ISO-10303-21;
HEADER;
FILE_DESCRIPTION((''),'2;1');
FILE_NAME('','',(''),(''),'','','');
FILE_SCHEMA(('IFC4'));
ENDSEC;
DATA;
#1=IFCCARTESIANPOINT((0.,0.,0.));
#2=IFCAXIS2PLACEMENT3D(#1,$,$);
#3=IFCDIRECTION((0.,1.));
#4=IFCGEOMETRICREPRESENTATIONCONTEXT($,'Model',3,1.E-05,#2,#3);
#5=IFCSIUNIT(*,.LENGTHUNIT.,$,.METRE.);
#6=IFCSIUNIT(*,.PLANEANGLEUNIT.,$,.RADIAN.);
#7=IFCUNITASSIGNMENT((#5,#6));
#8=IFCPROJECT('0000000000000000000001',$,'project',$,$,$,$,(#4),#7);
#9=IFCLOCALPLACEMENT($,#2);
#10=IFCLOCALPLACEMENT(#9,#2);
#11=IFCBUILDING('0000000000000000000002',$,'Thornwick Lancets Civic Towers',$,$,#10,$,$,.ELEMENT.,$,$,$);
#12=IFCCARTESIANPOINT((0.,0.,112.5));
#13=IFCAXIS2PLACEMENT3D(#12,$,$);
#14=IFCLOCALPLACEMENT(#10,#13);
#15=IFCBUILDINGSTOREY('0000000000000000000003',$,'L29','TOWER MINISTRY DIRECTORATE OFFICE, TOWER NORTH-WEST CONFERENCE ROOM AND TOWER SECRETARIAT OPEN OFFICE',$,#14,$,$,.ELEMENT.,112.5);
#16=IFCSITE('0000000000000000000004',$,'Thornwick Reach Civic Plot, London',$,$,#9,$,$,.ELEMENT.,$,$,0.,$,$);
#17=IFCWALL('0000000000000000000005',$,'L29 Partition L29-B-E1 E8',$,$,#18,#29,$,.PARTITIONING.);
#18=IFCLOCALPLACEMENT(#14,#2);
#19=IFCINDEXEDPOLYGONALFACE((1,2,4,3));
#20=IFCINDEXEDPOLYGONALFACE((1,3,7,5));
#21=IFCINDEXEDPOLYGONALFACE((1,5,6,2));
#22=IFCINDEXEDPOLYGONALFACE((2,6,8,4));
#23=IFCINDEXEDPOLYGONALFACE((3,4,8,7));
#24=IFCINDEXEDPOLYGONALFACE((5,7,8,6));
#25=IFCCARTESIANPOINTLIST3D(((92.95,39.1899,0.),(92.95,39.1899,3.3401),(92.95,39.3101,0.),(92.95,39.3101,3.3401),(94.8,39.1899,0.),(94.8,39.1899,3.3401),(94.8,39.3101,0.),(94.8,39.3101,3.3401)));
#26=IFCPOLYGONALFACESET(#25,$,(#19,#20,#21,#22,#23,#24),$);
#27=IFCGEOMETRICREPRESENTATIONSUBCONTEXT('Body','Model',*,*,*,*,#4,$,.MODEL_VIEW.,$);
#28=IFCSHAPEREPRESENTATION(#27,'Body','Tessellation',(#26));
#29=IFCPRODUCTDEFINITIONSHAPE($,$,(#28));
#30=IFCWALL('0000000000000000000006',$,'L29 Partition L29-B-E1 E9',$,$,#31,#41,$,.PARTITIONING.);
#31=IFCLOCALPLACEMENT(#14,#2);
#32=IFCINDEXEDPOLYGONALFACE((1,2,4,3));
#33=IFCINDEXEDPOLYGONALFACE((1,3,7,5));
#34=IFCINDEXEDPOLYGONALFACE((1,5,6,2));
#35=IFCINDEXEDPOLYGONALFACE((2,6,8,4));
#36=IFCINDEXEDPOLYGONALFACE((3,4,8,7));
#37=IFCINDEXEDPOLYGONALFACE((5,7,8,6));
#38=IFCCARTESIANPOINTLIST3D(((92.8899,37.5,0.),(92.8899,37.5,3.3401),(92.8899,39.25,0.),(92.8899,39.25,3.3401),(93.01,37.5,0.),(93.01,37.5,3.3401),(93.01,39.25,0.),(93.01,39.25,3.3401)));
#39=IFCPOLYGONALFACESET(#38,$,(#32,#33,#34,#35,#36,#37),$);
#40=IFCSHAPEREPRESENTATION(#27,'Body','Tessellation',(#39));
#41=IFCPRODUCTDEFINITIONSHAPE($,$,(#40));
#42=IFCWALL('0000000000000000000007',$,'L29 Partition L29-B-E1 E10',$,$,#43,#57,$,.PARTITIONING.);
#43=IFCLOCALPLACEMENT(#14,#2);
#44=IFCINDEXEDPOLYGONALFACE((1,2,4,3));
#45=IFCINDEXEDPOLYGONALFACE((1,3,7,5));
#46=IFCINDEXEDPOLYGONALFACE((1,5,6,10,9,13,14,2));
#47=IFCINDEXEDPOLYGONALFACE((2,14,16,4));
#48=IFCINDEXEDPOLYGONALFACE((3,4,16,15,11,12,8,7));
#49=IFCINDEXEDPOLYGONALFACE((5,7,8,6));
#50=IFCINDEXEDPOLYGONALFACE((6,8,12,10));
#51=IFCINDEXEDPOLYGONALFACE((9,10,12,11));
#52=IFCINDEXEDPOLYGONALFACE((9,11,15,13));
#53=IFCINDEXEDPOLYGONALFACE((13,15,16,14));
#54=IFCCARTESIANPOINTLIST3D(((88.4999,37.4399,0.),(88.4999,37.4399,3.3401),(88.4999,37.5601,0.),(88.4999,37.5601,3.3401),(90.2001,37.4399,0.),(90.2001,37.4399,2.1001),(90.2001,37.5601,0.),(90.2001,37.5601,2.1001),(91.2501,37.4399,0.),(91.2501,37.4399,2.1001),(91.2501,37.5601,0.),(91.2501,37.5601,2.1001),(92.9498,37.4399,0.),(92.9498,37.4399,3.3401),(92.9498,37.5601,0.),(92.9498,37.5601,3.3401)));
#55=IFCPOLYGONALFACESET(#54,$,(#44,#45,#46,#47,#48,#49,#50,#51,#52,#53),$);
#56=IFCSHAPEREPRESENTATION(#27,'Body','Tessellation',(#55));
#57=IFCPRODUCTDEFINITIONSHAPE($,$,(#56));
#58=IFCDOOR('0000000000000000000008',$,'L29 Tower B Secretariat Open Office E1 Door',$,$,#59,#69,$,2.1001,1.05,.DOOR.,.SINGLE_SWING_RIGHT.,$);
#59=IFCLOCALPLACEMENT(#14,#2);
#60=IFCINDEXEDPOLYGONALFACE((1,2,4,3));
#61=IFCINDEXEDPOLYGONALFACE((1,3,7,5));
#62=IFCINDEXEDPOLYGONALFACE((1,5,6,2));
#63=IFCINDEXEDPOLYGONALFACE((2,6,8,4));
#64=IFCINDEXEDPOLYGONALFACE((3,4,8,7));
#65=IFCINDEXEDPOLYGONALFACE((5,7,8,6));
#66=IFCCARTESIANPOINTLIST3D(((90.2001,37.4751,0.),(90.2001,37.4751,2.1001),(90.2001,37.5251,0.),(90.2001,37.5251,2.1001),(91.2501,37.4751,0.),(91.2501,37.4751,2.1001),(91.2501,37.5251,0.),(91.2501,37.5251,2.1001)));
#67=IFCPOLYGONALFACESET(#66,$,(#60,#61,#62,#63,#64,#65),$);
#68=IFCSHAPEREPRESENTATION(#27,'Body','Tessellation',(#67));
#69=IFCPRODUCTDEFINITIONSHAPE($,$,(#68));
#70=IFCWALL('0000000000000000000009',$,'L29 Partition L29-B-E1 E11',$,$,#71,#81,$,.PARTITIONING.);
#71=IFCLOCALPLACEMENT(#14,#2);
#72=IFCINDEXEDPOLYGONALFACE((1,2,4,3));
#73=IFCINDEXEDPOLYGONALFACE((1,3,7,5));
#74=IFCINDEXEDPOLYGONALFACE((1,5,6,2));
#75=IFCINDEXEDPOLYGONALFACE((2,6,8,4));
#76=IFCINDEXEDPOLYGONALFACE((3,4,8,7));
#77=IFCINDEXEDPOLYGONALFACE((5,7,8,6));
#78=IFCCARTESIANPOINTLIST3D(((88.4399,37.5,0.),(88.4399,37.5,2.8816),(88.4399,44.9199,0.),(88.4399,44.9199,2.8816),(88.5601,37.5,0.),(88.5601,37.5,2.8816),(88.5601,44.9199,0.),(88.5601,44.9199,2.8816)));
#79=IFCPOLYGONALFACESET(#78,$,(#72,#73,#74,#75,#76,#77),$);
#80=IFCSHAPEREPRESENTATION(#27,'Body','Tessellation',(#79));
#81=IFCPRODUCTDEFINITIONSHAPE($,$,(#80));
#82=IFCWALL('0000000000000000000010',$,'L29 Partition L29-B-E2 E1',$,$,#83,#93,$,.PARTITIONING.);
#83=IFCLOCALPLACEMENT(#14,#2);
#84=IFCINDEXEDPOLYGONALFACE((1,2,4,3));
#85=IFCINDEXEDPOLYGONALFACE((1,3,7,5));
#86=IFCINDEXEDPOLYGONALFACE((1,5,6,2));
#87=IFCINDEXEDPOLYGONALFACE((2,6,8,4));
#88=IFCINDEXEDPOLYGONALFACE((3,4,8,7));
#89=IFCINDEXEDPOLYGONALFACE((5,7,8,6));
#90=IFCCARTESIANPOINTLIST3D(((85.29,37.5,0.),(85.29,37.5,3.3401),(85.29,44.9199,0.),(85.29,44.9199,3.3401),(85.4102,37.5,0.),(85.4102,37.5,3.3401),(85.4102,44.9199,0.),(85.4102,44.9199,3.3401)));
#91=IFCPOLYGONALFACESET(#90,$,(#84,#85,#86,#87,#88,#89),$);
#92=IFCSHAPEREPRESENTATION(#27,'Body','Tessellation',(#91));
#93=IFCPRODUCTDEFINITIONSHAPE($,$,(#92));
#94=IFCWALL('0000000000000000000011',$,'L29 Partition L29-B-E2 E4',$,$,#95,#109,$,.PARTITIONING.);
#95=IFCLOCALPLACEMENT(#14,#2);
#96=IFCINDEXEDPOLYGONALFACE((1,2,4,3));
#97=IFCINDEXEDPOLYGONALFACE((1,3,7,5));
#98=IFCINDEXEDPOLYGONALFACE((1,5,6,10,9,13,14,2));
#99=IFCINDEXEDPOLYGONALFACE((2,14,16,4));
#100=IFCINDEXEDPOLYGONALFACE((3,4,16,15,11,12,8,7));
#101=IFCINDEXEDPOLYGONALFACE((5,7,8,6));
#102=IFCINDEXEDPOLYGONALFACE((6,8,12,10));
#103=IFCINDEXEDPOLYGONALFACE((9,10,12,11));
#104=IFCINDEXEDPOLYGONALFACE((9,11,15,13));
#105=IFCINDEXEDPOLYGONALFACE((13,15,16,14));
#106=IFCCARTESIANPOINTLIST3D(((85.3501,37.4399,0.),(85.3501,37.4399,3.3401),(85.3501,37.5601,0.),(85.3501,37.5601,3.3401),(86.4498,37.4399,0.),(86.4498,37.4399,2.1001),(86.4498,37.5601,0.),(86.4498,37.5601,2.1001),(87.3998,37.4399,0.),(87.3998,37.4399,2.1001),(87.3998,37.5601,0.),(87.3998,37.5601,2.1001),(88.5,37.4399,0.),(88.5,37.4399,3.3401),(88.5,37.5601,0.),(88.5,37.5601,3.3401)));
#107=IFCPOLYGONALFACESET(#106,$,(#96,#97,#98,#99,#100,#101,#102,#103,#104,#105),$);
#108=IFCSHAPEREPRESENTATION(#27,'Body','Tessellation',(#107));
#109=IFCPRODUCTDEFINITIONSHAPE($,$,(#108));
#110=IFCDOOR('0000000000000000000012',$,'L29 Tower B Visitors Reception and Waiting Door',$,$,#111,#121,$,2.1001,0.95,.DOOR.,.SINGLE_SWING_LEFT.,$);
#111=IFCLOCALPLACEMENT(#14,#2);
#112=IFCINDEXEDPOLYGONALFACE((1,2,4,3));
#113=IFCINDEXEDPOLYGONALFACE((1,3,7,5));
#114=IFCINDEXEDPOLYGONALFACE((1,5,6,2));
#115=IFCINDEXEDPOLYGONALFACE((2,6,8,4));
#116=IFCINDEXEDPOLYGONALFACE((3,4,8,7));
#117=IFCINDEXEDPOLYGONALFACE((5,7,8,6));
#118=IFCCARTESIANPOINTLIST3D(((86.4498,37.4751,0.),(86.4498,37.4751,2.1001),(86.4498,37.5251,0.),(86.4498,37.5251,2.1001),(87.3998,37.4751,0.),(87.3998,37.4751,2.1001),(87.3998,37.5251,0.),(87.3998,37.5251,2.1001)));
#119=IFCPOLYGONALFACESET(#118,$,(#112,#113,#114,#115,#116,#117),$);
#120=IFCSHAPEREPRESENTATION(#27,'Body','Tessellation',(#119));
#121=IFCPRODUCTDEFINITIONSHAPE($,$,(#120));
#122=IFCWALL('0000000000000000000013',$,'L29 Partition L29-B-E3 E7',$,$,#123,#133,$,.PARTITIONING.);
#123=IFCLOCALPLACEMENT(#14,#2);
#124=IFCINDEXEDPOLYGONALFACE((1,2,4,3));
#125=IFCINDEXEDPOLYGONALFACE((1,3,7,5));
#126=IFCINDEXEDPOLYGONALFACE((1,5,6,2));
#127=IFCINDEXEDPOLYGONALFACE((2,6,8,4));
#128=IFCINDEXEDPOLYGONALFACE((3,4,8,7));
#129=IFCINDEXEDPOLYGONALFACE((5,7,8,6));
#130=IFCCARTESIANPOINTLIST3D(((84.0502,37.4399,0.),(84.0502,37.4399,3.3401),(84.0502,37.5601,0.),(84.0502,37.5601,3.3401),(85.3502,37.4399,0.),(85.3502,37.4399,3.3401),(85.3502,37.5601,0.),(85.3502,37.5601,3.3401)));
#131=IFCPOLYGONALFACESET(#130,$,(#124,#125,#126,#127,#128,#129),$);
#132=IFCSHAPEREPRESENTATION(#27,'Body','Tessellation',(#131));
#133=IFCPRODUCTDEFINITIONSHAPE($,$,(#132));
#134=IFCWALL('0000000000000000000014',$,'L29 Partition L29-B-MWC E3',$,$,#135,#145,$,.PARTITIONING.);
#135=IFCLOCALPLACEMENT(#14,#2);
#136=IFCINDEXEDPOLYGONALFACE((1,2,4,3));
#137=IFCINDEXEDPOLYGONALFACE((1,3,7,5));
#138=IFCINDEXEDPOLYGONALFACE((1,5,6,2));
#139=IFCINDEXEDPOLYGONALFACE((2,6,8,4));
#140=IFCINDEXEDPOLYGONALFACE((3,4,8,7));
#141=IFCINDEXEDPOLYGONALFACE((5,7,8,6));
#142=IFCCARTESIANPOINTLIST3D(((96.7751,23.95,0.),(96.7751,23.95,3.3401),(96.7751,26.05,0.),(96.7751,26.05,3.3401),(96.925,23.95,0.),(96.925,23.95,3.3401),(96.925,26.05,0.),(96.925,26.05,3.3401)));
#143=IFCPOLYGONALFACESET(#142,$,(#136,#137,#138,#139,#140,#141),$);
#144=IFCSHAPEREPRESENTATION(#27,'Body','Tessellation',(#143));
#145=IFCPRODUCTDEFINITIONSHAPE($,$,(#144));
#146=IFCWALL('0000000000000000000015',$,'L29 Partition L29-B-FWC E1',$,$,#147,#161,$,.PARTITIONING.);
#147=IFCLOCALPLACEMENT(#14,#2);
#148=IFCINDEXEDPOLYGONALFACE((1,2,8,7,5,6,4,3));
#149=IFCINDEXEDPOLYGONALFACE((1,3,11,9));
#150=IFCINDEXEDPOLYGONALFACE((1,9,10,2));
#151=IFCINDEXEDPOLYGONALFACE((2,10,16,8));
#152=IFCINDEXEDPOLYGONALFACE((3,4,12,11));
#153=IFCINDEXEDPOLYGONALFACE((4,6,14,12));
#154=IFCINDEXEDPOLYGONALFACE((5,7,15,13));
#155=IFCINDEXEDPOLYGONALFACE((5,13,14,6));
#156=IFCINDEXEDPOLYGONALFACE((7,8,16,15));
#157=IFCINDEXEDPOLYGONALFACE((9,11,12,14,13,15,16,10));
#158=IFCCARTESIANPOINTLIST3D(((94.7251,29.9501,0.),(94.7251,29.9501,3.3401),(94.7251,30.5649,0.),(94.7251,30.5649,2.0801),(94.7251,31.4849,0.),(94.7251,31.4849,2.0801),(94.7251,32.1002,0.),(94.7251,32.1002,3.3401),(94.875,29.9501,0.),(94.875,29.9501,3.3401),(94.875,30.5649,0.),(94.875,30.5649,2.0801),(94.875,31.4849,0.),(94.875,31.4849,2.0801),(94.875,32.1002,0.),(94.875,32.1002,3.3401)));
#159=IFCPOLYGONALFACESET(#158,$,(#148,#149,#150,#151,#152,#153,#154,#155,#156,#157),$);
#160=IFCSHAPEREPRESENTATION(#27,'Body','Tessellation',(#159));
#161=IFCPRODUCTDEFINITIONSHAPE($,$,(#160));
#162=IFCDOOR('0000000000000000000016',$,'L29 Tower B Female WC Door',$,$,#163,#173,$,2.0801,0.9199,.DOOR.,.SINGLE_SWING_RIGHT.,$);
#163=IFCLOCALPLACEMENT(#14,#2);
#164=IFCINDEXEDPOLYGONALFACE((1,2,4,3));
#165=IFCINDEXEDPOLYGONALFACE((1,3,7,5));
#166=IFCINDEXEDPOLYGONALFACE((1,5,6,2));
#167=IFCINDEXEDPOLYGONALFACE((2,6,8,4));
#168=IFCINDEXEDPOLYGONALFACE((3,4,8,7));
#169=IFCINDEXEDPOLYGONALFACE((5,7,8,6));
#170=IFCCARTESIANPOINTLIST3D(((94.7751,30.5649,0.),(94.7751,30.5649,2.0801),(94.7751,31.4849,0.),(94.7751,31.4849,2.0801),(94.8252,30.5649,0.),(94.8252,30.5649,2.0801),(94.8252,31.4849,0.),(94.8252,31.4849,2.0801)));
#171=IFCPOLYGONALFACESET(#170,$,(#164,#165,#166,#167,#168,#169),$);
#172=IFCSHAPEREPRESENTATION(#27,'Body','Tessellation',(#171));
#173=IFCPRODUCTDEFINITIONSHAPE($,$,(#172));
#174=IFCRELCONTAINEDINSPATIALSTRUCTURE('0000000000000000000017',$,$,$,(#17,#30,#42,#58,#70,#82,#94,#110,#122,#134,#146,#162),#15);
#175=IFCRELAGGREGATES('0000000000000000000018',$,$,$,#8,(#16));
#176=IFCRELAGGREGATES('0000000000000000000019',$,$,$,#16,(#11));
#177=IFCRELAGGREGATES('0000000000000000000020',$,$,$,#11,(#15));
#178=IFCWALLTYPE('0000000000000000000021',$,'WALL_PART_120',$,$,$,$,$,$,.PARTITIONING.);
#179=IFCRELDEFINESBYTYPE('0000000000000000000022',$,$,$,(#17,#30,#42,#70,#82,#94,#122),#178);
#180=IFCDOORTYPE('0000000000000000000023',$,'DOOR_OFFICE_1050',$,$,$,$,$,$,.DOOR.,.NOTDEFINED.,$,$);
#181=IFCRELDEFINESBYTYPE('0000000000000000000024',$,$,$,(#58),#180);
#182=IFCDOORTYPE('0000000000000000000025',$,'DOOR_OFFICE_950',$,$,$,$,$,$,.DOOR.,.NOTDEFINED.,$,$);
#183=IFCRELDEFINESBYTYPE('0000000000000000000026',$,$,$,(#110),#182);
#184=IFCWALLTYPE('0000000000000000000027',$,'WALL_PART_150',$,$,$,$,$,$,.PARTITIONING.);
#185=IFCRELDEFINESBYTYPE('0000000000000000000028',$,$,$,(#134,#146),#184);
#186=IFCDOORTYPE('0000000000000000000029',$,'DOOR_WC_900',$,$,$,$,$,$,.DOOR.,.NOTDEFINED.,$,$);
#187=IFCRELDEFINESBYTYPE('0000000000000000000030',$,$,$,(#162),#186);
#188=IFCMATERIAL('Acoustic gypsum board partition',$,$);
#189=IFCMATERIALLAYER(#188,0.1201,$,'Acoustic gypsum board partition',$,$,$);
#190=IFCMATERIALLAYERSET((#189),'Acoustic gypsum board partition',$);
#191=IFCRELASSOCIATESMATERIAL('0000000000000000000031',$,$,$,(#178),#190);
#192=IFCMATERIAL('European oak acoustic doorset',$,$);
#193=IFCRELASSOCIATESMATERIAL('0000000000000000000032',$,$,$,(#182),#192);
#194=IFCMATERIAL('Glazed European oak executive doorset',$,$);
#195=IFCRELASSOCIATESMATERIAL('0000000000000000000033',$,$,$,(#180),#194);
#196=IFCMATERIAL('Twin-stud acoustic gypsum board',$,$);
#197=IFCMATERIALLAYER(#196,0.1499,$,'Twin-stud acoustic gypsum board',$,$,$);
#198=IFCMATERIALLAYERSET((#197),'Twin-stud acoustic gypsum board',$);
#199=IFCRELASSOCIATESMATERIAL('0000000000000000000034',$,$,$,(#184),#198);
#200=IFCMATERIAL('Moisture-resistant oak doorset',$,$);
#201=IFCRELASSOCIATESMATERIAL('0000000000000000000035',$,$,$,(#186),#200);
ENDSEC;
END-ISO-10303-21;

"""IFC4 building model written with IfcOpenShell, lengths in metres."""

from ifc_helpers import new_model, si_unit, direction, frame, frame_2d, origin, place, context, subcontext, project, spatial, rectangle, extrude, material, layer, layer_set, type_object, element, fill, save


model = new_model("IFC4")

# Units and contexts
model_context = context("Model", 3, precision=1e-05, world=origin(), true_north=direction((0.0, 1.0)))
body_context = subcontext(model_context, "Body", "Model", "MODEL_VIEW")
ifc_project = project(units=[si_unit("LENGTHUNIT", "METRE"), si_unit("PLANEANGLEUNIT", "RADIAN")], contexts=[model_context])

# Site, building, storey
site_placement = place(None, origin())
site = spatial("IfcSite", under=ifc_project, at=site_placement, Name="Thornwick Reach Civic Plot, London", CompositionType="ELEMENT", RefElevation=0.0)
building_placement = place(site_placement, origin())
building = spatial("IfcBuilding", under=site, at=building_placement, Name="Thornwick Lancets Civic Towers", CompositionType="ELEMENT")
storey_placement = place(building_placement, frame((0.0, 0.0, 112.5)))
storey = spatial("IfcBuildingStorey", under=building, at=storey_placement, Name="L29", Description="TOWER MINISTRY DIRECTORATE OFFICE, TOWER NORTH-WEST CONFERENCE ROOM AND TOWER SECRETARIAT OPEN OFFICE", CompositionType="ELEMENT", Elevation=112.5)

# Shared definitions
ifc_material_1 = material(Name="Acoustic gypsum board partition")
ifc_layer_1 = layer(ifc_material_1, 0.1201, Name="Acoustic gypsum board partition")
ifc_layer_set_1 = layer_set([ifc_layer_1], Name="Acoustic gypsum board partition")
wall_type_1 = type_object("IfcWallType", Name="WALL_PART_120", PredefinedType="PARTITIONING", material=ifc_layer_set_1)
ifc_material_2 = material(Name="European oak acoustic doorset")
door_type_1 = type_object("IfcDoorType", Name="DOOR_OFFICE_950", OperationType="NOTDEFINED", PredefinedType="DOOR", material=ifc_material_2)

# Walls
wall_1_placement = place(storey_placement, frame((94.8, 39.25, 0.0), z_axis=(0.0, 0.0, 1.0), x_axis=(-1.0, 0.0, 0.0)))
element("IfcWall", 1, at=wall_1_placement, inside=storey, type_object=wall_type_1, Name="L29 Partition L29-B-E1 E8", PredefinedType="PARTITIONING", context=body_context, shape_type="SweptSolid", body=[
    extrude(rectangle(XDim=1.8501, YDim=0.1201, at=frame_2d((0.925, 0.0))), origin(), (0.0, 0.0, 1.0), 3.3401),
])
wall_2_placement = place(storey_placement, frame((92.95, 39.25, 0.0), z_axis=(0.0, 0.0, 1.0), x_axis=(0.0, -1.0, 0.0)))
element("IfcWall", 2, at=wall_2_placement, inside=storey, type_object=wall_type_1, Name="L29 Partition L29-B-E1 E9", PredefinedType="PARTITIONING", context=body_context, shape_type="SweptSolid", body=[
    extrude(rectangle(XDim=1.75, YDim=0.1201, at=frame_2d((0.875, 0.0))), origin(), (0.0, 0.0, 1.0), 3.3401),
])

# Wall, opening, door
wall_3_placement = place(storey_placement, frame((92.95, 37.5, 0.0), z_axis=(0.0, 0.0, 1.0), x_axis=(-1.0, 0.0, 0.0)))
wall_3 = element("IfcWall", 3, at=wall_3_placement, inside=storey, type_object=wall_type_1, Name="L29 Partition L29-B-E1 E10", PredefinedType="PARTITIONING", context=body_context, shape_type="SweptSolid", body=[
    extrude(rectangle(XDim=4.45, YDim=0.1201, at=frame_2d((2.2251, 0.0))), origin(), (0.0, 0.0, 1.0), 3.3401),
])
opening_1_placement = place(wall_3_placement, frame((1.7, 0.0, 0.0)))
opening_1 = element("IfcOpeningElement", 4, at=opening_1_placement, cuts=wall_3, PredefinedType="OPENING", context=body_context, shape_type="SweptSolid", body=[
    extrude(rectangle(XDim=1.05, YDim=2.1001, at=frame_2d((0.5249, 1.05))), frame((0.0, 0.0701, 0.0), z_axis=(0.0, -1.0, 0.0), x_axis=(1.0, 0.0, 0.0)), (0.0, 0.0, 1.0), 0.1401),
])
ifc_material_3 = material(Name="Glazed European oak executive doorset")
door_type_2 = type_object("IfcDoorType", Name="DOOR_OFFICE_1050", OperationType="NOTDEFINED", PredefinedType="DOOR", material=ifc_material_3)
door_1_placement = place(opening_1_placement, origin())
door_1 = element("IfcDoor", 5, at=door_1_placement, inside=storey, type_object=door_type_2, Name="L29 Tower B Secretariat Open Office E1 Door", OperationType="SINGLE_SWING_RIGHT", OverallHeight=2.1001, OverallWidth=1.05, PredefinedType="DOOR", context=body_context, shape_type="SweptSolid", body=[
    extrude(rectangle(XDim=1.05, YDim=2.1001, at=frame_2d((0.5249, 1.05))), frame((0.0, 0.0249, 0.0), z_axis=(0.0, -1.0, 0.0), x_axis=(1.0, 0.0, 0.0)), (0.0, 0.0, 1.0), 0.05),
])
fill(opening_1, door_1)

# Walls
wall_4_placement = place(storey_placement, frame((88.5, 37.5, 0.0), z_axis=(0.0, 0.0, 1.0), x_axis=(0.0, 1.0, 0.0)))
element("IfcWall", 6, at=wall_4_placement, inside=storey, type_object=wall_type_1, Name="L29 Partition L29-B-E1 E11", PredefinedType="PARTITIONING", context=body_context, shape_type="SweptSolid", body=[
    extrude(rectangle(XDim=7.4199, YDim=0.1201, at=frame_2d((3.71, 0.0))), origin(), (0.0, 0.0, 1.0), 2.8816),
])
wall_5_placement = place(storey_placement, frame((85.3501, 37.5, 0.0), z_axis=(0.0, 0.0, 1.0), x_axis=(0.0, 1.0, 0.0)))
element("IfcWall", 7, at=wall_5_placement, inside=storey, type_object=wall_type_1, Name="L29 Partition L29-B-E2 E1", PredefinedType="PARTITIONING", context=body_context, shape_type="SweptSolid", body=[
    extrude(rectangle(XDim=7.4199, YDim=0.1201, at=frame_2d((3.71, 0.0))), origin(), (0.0, 0.0, 1.0), 3.3401),
])

# Wall, opening, door
wall_6_placement = place(storey_placement, frame((88.5, 37.5, 0.0), z_axis=(0.0, 0.0, 1.0), x_axis=(-1.0, 0.0, 0.0)))
wall_6 = element("IfcWall", 8, at=wall_6_placement, inside=storey, type_object=wall_type_1, Name="L29 Partition L29-B-E2 E4", PredefinedType="PARTITIONING", context=body_context, shape_type="SweptSolid", body=[
    extrude(rectangle(XDim=3.1499, YDim=0.1201, at=frame_2d((1.575, 0.0))), origin(), (0.0, 0.0, 1.0), 3.3401),
])
opening_2_placement = place(wall_6_placement, frame((1.1001, 0.0, 0.0)))
opening_2 = element("IfcOpeningElement", 9, at=opening_2_placement, cuts=wall_6, PredefinedType="OPENING", context=body_context, shape_type="SweptSolid", body=[
    extrude(rectangle(XDim=0.95, YDim=2.1001, at=frame_2d((0.4751, 1.05))), frame((0.0, 0.0701, 0.0), z_axis=(0.0, -1.0, 0.0), x_axis=(1.0, 0.0, 0.0)), (0.0, 0.0, 1.0), 0.1401),
])
door_2_placement = place(opening_2_placement, origin())
door_2 = element("IfcDoor", 10, at=door_2_placement, inside=storey, type_object=door_type_1, Name="L29 Tower B Visitors Reception and Waiting Door", OperationType="SINGLE_SWING_LEFT", OverallHeight=2.1001, OverallWidth=0.95, PredefinedType="DOOR", context=body_context, shape_type="SweptSolid", body=[
    extrude(rectangle(XDim=0.95, YDim=2.1001, at=frame_2d((0.4751, 1.05))), frame((0.0, 0.0249, 0.0), z_axis=(0.0, -1.0, 0.0), x_axis=(1.0, 0.0, 0.0)), (0.0, 0.0, 1.0), 0.05),
])
fill(opening_2, door_2)

# Walls
wall_7_placement = place(storey_placement, frame((85.3501, 37.5, 0.0), z_axis=(0.0, 0.0, 1.0), x_axis=(-1.0, 0.0, 0.0)))
element("IfcWall", 11, at=wall_7_placement, inside=storey, type_object=wall_type_1, Name="L29 Partition L29-B-E3 E7", PredefinedType="PARTITIONING", context=body_context, shape_type="SweptSolid", body=[
    extrude(rectangle(XDim=1.3, YDim=0.1201, at=frame_2d((0.6499, 0.0))), origin(), (0.0, 0.0, 1.0), 3.3401),
])
ifc_material_4 = material(Name="Twin-stud acoustic gypsum board")
ifc_layer_2 = layer(ifc_material_4, 0.1499, Name="Twin-stud acoustic gypsum board")
ifc_layer_set_2 = layer_set([ifc_layer_2], Name="Twin-stud acoustic gypsum board")
wall_type_2 = type_object("IfcWallType", Name="WALL_PART_150", PredefinedType="PARTITIONING", material=ifc_layer_set_2)
wall_8_placement = place(storey_placement, frame((96.8501, 26.05, 0.0), z_axis=(0.0, 0.0, 1.0), x_axis=(0.0, -1.0, 0.0)))
element("IfcWall", 12, at=wall_8_placement, inside=storey, type_object=wall_type_2, Name="L29 Partition L29-B-MWC E3", PredefinedType="PARTITIONING", context=body_context, shape_type="SweptSolid", body=[
    extrude(rectangle(XDim=2.1001, YDim=0.1499, at=frame_2d((1.05, 0.0))), origin(), (0.0, 0.0, 1.0), 3.3401),
])

# Wall, opening, door
wall_9_placement = place(storey_placement, frame((94.8, 29.95, 0.0), z_axis=(0.0, 0.0, 1.0), x_axis=(0.0, 1.0, 0.0)))
wall_9 = element("IfcWall", 13, at=wall_9_placement, inside=storey, type_object=wall_type_2, Name="L29 Partition L29-B-FWC E1", PredefinedType="PARTITIONING", context=body_context, shape_type="SweptSolid", body=[
    extrude(rectangle(XDim=2.1501, YDim=0.1499, at=frame_2d((1.0752, 0.0))), origin(), (0.0, 0.0, 1.0), 3.3401),
])
opening_3_placement = place(wall_9_placement, frame((0.615, 0.0, 0.0)))
opening_3 = element("IfcOpeningElement", 14, at=opening_3_placement, cuts=wall_9, PredefinedType="OPENING", context=body_context, shape_type="SweptSolid", body=[
    extrude(rectangle(XDim=0.9199, YDim=2.0801, at=frame_2d((0.46, 1.04))), frame((0.0, 0.085, 0.0), z_axis=(0.0, -1.0, 0.0), x_axis=(1.0, 0.0, 0.0)), (0.0, 0.0, 1.0), 0.1699),
])
ifc_material_5 = material(Name="Moisture-resistant oak doorset")
door_type_3 = type_object("IfcDoorType", Name="DOOR_WC_900", OperationType="NOTDEFINED", PredefinedType="DOOR", material=ifc_material_5)
door_3_placement = place(opening_3_placement, origin())
door_3 = element("IfcDoor", 15, at=door_3_placement, inside=storey, type_object=door_type_3, Name="L29 Tower B Female WC Door", OperationType="SINGLE_SWING_RIGHT", OverallHeight=2.0801, OverallWidth=0.9199, PredefinedType="DOOR", context=body_context, shape_type="SweptSolid", body=[
    extrude(rectangle(XDim=0.9199, YDim=2.0801, at=frame_2d((0.46, 1.04))), frame((0.0, 0.0249, 0.0), z_axis=(0.0, -1.0, 0.0), x_axis=(1.0, 0.0, 0.0)), (0.0, 0.0, 1.0), 0.05),
])
fill(opening_3, door_3)

save(model, "model.ifc")
